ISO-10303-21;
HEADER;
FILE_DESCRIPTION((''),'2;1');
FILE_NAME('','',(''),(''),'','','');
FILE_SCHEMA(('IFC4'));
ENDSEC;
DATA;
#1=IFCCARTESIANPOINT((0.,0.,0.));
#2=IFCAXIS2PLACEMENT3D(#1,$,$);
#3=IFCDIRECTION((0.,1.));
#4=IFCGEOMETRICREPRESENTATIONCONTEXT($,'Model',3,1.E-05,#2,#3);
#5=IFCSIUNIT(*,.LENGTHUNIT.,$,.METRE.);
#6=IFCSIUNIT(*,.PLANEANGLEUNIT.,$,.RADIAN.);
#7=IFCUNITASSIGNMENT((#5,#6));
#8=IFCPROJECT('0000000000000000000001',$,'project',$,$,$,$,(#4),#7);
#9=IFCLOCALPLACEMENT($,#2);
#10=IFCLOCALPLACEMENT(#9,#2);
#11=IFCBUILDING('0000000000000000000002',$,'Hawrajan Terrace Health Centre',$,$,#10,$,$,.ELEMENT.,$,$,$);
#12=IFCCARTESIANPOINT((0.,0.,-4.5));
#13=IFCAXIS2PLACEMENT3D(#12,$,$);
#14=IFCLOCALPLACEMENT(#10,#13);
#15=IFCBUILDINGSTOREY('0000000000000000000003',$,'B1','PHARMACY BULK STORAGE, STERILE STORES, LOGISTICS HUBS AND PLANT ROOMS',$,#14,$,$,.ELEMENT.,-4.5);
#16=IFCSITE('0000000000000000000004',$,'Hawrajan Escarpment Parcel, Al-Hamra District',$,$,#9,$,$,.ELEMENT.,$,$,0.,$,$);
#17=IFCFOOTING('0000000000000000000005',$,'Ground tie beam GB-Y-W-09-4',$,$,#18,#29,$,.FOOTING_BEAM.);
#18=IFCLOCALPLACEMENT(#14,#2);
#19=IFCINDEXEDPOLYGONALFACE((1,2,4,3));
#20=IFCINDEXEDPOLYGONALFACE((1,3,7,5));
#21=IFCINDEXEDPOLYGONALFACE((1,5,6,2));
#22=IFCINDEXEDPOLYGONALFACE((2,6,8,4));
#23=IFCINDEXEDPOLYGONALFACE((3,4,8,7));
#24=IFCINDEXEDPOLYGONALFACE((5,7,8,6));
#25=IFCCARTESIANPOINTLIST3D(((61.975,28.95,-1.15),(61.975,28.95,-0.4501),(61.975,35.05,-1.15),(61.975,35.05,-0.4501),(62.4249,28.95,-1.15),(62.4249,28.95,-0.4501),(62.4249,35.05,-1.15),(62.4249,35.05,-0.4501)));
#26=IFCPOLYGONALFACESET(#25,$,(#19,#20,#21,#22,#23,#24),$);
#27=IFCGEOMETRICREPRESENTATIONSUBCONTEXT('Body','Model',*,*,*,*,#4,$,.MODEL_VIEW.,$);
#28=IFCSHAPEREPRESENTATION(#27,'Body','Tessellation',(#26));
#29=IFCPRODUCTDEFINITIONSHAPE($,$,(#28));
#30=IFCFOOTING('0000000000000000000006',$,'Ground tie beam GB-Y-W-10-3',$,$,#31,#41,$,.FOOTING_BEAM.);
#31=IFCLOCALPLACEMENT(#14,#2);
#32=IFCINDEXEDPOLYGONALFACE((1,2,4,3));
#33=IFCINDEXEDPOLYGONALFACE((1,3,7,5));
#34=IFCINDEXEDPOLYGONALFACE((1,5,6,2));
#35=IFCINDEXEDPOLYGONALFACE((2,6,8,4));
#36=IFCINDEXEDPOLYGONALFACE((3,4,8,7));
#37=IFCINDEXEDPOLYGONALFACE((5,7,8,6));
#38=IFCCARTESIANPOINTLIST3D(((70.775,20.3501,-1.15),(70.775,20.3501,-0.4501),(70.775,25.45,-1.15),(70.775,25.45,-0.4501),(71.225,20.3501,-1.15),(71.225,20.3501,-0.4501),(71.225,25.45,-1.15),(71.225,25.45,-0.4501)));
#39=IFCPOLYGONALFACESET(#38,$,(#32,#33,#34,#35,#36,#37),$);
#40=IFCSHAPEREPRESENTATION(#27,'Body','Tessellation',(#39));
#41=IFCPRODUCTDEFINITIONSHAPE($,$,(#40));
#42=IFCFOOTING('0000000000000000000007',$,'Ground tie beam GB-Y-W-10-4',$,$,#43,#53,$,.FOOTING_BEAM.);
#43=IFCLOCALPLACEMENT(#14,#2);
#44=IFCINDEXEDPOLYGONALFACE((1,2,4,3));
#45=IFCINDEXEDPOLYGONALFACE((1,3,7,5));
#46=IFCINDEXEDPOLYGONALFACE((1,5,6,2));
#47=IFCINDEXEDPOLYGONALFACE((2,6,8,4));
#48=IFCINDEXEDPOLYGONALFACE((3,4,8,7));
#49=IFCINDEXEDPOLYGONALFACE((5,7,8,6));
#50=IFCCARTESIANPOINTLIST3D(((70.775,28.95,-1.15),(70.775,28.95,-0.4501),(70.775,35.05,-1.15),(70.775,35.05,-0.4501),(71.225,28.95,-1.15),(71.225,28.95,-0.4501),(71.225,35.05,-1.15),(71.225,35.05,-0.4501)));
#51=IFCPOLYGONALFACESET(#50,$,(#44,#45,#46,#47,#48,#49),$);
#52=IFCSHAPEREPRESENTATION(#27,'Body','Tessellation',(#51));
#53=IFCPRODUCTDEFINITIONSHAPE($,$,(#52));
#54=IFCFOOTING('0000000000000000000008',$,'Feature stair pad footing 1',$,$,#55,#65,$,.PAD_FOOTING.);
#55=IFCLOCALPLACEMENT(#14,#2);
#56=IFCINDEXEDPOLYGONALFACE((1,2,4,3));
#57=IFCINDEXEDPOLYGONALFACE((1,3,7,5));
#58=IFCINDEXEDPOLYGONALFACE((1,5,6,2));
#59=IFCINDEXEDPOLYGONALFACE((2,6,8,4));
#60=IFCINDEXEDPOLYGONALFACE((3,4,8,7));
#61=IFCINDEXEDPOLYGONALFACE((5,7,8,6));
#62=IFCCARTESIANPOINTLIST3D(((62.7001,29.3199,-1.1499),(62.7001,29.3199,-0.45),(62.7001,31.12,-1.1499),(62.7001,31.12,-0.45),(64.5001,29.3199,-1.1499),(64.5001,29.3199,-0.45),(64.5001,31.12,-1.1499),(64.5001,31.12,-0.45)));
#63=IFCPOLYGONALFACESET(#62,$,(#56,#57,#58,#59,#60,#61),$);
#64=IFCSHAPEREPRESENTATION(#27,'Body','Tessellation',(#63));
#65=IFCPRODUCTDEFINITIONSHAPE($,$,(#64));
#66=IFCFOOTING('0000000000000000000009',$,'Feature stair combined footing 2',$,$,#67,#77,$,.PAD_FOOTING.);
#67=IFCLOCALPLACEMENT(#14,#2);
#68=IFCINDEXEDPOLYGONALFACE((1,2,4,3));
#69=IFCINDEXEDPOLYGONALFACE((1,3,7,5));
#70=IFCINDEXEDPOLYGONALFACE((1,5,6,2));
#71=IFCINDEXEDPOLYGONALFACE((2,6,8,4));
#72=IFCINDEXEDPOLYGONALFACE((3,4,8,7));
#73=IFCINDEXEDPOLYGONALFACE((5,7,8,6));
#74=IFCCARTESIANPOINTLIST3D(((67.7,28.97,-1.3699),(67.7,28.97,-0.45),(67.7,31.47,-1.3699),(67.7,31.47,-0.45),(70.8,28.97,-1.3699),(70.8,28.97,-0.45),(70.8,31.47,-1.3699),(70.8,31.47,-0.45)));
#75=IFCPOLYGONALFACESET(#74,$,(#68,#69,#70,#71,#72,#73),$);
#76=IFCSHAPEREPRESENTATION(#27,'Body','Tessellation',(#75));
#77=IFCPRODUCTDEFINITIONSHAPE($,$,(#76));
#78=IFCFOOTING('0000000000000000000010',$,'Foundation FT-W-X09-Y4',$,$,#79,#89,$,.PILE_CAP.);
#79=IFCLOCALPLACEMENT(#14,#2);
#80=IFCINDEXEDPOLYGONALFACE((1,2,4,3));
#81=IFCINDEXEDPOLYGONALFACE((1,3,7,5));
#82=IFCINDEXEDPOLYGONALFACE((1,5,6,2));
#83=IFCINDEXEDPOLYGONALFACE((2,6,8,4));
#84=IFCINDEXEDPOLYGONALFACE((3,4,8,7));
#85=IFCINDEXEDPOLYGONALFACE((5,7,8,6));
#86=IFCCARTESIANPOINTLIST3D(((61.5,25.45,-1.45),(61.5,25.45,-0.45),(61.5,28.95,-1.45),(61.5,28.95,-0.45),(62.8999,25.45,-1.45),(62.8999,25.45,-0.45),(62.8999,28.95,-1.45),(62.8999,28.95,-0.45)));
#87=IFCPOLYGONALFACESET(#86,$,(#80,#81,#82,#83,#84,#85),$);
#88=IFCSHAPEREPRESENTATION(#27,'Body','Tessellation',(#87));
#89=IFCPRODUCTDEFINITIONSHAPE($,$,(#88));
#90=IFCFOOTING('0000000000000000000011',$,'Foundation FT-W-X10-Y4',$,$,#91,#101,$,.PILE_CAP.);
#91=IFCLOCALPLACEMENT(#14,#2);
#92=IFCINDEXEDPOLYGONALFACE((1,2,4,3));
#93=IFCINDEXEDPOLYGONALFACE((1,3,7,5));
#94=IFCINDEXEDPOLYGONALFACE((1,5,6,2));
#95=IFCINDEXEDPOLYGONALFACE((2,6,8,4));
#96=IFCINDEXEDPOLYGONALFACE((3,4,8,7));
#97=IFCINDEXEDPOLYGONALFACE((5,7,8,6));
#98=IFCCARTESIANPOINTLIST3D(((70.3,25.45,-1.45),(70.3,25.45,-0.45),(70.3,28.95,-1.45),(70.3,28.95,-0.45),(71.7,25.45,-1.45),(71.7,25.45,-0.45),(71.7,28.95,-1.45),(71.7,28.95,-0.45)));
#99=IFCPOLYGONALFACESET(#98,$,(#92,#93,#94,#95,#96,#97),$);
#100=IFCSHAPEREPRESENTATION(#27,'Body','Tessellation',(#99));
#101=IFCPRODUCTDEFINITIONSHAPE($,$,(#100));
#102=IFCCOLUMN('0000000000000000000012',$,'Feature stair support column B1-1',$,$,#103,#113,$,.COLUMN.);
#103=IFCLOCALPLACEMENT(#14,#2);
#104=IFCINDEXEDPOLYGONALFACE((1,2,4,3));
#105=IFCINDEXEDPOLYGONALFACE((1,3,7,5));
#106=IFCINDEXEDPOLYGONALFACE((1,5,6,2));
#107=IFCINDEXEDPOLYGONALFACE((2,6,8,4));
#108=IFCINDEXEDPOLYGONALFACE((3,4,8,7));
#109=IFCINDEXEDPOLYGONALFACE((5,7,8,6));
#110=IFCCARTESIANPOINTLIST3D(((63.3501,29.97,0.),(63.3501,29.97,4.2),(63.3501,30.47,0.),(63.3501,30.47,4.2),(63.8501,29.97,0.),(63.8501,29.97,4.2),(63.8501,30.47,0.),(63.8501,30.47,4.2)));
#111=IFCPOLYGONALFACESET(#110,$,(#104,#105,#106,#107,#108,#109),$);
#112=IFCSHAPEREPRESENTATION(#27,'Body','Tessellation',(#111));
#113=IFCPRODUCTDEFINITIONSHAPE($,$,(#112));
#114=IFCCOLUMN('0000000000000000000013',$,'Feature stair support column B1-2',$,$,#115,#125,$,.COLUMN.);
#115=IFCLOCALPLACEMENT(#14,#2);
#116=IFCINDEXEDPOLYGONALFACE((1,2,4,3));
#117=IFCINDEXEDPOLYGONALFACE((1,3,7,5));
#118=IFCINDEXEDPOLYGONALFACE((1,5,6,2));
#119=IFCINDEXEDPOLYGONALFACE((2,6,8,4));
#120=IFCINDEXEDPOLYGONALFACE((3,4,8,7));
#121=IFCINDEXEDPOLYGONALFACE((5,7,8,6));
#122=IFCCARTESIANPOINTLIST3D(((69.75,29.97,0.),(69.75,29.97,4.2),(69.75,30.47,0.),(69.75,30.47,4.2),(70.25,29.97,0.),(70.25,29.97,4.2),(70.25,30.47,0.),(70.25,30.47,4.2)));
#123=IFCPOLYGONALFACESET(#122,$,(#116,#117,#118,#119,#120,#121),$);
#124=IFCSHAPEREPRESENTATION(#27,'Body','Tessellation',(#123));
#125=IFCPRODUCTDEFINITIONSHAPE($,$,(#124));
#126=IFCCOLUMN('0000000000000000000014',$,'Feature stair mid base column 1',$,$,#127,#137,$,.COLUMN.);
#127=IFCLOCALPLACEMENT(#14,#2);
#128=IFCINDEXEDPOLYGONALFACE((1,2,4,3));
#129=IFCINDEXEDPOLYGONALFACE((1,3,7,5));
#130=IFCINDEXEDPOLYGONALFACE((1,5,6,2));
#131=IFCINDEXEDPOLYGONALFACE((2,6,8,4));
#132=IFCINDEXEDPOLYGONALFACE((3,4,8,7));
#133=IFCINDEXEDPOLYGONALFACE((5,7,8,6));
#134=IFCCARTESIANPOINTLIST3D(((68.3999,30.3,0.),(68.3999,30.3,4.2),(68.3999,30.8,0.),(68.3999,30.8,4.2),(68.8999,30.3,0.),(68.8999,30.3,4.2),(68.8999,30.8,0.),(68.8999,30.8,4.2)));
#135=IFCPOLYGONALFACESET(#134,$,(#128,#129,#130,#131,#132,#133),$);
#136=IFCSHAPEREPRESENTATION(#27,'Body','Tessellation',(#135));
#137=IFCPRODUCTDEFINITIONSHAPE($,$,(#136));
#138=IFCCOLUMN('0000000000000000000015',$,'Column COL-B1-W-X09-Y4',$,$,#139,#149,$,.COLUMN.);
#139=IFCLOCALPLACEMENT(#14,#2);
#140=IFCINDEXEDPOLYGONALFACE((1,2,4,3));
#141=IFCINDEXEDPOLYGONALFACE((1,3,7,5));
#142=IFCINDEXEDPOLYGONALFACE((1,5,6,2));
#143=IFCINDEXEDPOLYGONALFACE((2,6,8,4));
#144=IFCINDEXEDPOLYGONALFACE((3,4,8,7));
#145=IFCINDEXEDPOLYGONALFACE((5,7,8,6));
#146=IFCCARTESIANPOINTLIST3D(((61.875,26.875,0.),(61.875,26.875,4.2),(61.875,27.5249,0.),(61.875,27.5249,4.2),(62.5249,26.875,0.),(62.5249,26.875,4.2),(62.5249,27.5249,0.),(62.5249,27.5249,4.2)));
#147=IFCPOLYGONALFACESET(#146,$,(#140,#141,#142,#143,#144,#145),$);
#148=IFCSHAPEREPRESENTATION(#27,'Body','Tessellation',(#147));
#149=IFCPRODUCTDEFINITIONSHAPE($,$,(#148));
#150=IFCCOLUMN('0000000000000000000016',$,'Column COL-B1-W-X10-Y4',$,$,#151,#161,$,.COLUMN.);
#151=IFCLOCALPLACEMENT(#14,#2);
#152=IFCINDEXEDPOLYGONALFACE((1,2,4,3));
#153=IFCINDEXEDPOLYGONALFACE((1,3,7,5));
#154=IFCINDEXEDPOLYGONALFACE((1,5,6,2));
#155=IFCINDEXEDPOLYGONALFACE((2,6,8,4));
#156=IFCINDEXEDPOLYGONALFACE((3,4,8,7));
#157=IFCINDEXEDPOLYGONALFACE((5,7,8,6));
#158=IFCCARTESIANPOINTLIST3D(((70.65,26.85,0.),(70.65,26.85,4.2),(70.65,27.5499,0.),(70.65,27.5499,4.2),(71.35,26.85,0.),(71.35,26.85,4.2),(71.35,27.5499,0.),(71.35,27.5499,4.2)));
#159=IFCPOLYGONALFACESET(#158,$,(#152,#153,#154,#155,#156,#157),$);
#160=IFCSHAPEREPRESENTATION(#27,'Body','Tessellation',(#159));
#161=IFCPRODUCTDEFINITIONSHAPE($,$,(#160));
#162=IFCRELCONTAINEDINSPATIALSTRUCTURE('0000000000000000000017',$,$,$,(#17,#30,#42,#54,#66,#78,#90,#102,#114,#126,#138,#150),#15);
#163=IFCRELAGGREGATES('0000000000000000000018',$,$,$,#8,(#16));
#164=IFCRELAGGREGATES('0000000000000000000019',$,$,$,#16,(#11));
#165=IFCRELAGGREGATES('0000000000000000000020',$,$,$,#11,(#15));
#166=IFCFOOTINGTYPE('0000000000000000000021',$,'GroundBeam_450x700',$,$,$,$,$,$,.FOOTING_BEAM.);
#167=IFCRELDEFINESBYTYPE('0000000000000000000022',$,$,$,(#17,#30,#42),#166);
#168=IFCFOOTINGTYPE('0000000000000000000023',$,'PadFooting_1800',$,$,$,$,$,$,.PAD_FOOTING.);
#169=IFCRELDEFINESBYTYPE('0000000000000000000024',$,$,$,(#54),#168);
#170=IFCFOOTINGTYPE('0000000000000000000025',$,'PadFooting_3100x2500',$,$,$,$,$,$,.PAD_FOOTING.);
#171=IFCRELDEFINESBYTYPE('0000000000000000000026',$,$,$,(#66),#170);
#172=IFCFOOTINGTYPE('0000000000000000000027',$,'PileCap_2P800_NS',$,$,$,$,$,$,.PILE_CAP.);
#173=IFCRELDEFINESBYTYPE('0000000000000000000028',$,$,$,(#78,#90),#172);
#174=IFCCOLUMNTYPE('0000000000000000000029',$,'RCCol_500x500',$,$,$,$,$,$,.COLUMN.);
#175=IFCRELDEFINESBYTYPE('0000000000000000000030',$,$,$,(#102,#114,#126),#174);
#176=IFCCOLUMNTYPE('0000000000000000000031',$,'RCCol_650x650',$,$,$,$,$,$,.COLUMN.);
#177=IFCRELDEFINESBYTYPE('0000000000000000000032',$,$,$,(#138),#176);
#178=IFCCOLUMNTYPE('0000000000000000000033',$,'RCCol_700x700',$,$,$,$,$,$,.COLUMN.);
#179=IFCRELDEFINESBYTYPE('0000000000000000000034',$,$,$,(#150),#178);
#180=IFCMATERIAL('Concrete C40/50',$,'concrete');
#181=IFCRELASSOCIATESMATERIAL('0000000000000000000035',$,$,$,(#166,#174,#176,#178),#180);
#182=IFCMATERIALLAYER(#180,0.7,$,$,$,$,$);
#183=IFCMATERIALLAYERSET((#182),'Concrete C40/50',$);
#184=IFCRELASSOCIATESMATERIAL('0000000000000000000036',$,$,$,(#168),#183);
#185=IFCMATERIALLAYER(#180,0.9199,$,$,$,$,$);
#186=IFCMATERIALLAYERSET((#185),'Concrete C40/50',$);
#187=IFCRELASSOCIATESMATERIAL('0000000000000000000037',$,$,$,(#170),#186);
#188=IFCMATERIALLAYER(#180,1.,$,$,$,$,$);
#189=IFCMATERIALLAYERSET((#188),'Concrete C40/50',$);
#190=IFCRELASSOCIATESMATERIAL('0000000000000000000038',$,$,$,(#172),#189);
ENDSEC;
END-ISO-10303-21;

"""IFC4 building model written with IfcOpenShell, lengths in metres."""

from ifc_helpers import new_model, si_unit, direction, frame, origin, origin_2d, place, context, subcontext, project, spatial, rectangle, extrude, material, layer, layer_set, material_profile, profile_set, type_object, element, save


model = new_model("IFC4")

# Units and contexts
model_context = context("Model", 3, precision=1e-05, world=origin(), true_north=direction((0.0, 1.0)))
body_context = subcontext(model_context, "Body", "Model", "MODEL_VIEW")
ifc_project = project(units=[si_unit("LENGTHUNIT", "METRE"), si_unit("PLANEANGLEUNIT", "RADIAN")], contexts=[model_context])

# Site, building, storey
site_placement = place(None, origin())
site = spatial("IfcSite", under=ifc_project, at=site_placement, Name="Hawrajan Escarpment Parcel, Al-Hamra District", CompositionType="ELEMENT", RefElevation=0.0)
building_placement = place(site_placement, origin())
building = spatial("IfcBuilding", under=site, at=building_placement, Name="Hawrajan Terrace Health Centre", CompositionType="ELEMENT")
storey_placement = place(building_placement, frame((0.0, 0.0, -4.5)))
storey = spatial("IfcBuildingStorey", under=building, at=storey_placement, Name="B1", Description="PHARMACY BULK STORAGE, STERILE STORES, LOGISTICS HUBS AND PLANT ROOMS", CompositionType="ELEMENT", Elevation=-4.5)

# Shared definitions
ifc_material_1 = material(Name="Concrete C40/50", Category="concrete")

# Footings
ifc_material_profile_1 = material_profile(ifc_material_1, rectangle(XDim=0.45, YDim=0.7, at=origin_2d()), Name="RC BM 450x700")
ifc_profile_set_1 = profile_set([ifc_material_profile_1], Name="Concrete C40/50")
footing_type_1 = type_object("IfcFootingType", Name="GroundBeam_450x700", PredefinedType="FOOTING_BEAM", material=ifc_profile_set_1)
footing_1_placement = place(storey_placement, frame((62.2, 28.95, -0.8), z_axis=(0.0, 1.0, 0.0), x_axis=(-1.0, 0.0, 0.0)))
element("IfcFooting", 1, at=footing_1_placement, inside=storey, type_object=footing_type_1, Name="Ground tie beam GB-Y-W-09-4", PredefinedType="FOOTING_BEAM", context=body_context, shape_type="SweptSolid", body=[
    extrude(rectangle(XDim=0.45, YDim=0.7, at=origin_2d()), origin(), (0.0, 0.0, 1.0), 6.1001),
])
footing_2_placement = place(storey_placement, frame((71.0, 20.3501, -0.8), z_axis=(0.0, 1.0, 0.0), x_axis=(-1.0, 0.0, 0.0)))
element("IfcFooting", 2, at=footing_2_placement, inside=storey, type_object=footing_type_1, Name="Ground tie beam GB-Y-W-10-3", PredefinedType="FOOTING_BEAM", context=body_context, shape_type="SweptSolid", body=[
    extrude(rectangle(XDim=0.45, YDim=0.7, at=origin_2d()), origin(), (0.0, 0.0, 1.0), 5.0999),
])
footing_3_placement = place(storey_placement, frame((71.0, 28.95, -0.8), z_axis=(0.0, 1.0, 0.0), x_axis=(-1.0, 0.0, 0.0)))
element("IfcFooting", 3, at=footing_3_placement, inside=storey, type_object=footing_type_1, Name="Ground tie beam GB-Y-W-10-4", PredefinedType="FOOTING_BEAM", context=body_context, shape_type="SweptSolid", body=[
    extrude(rectangle(XDim=0.45, YDim=0.7, at=origin_2d()), origin(), (0.0, 0.0, 1.0), 6.1001),
])
ifc_layer_1 = layer(ifc_material_1, 0.7)
ifc_layer_set_1 = layer_set([ifc_layer_1], Name="Concrete C40/50")
footing_type_2 = type_object("IfcFootingType", Name="PadFooting_1800", PredefinedType="PAD_FOOTING", material=ifc_layer_set_1)
footing_4_placement = place(storey_placement, frame((63.6001, 30.22, -1.1499), z_axis=(0.0, 0.0, 1.0), x_axis=(1.0, 0.0, 0.0)))
element("IfcFooting", 4, at=footing_4_placement, inside=storey, type_object=footing_type_2, Name="Feature stair pad footing 1", PredefinedType="PAD_FOOTING", context=body_context, shape_type="SweptSolid", body=[
    extrude(rectangle(XDim=1.8, YDim=1.8, at=origin_2d()), origin(), (0.0, 0.0, 1.0), 0.7),
])
ifc_layer_2 = layer(ifc_material_1, 0.9199)
ifc_layer_set_2 = layer_set([ifc_layer_2], Name="Concrete C40/50")
footing_type_3 = type_object("IfcFootingType", Name="PadFooting_3100x2500", PredefinedType="PAD_FOOTING", material=ifc_layer_set_2)
footing_5_placement = place(storey_placement, frame((69.25, 30.22, -1.3699), z_axis=(0.0, 0.0, 1.0), x_axis=(1.0, 0.0, 0.0)))
element("IfcFooting", 5, at=footing_5_placement, inside=storey, type_object=footing_type_3, Name="Feature stair combined footing 2", PredefinedType="PAD_FOOTING", context=body_context, shape_type="SweptSolid", body=[
    extrude(rectangle(XDim=3.1001, YDim=2.5, at=origin_2d()), origin(), (0.0, 0.0, 1.0), 0.9199),
])
ifc_layer_3 = layer(ifc_material_1, 1.0)
ifc_layer_set_3 = layer_set([ifc_layer_3], Name="Concrete C40/50")
footing_type_4 = type_object("IfcFootingType", Name="PileCap_2P800_NS", PredefinedType="PILE_CAP", material=ifc_layer_set_3)
for number, where, z_axis, x_axis, name in (
    (6, (62.2, 27.2, -1.45), (0.0, 0.0, 1.0), (1.0, 0.0, 0.0), "Foundation FT-W-X09-Y4"),
    (7, (71.0, 27.2, -1.45), (0.0, 0.0, 1.0), (1.0, 0.0, 0.0), "Foundation FT-W-X10-Y4"),
):
    element("IfcFooting", number, at=place(storey_placement, frame(where, z_axis=z_axis, x_axis=x_axis)), inside=storey, type_object=footing_type_4, Name=name, PredefinedType="PILE_CAP", context=body_context, shape_type="SweptSolid", body=[
        extrude(rectangle(XDim=1.3999, YDim=3.5, at=origin_2d()), origin(), (0.0, 0.0, 1.0), 1.0),
    ])

# Columns
ifc_material_profile_2 = material_profile(ifc_material_1, rectangle(XDim=0.5, YDim=0.5, at=origin_2d()), Name="RC 500x500")
ifc_profile_set_2 = profile_set([ifc_material_profile_2], Name="Concrete C40/50")
column_type_1 = type_object("IfcColumnType", Name="RCCol_500x500", PredefinedType="COLUMN", material=ifc_profile_set_2)
for number, where, z_axis, x_axis, name in (
    (8, (63.6001, 30.22, 0.0), (0.0, 0.0, 1.0), (1.0, 0.0, 0.0), "Feature stair support column B1-1"),
    (9, (70.0, 30.22, 0.0), (0.0, 0.0, 1.0), (1.0, 0.0, 0.0), "Feature stair support column B1-2"),
    (10, (68.6499, 30.55, 0.0), (0.0, 0.0, 1.0), (1.0, 0.0, 0.0), "Feature stair mid base column 1"),
):
    element("IfcColumn", number, at=place(storey_placement, frame(where, z_axis=z_axis, x_axis=x_axis)), inside=storey, type_object=column_type_1, Name=name, PredefinedType="COLUMN", context=body_context, shape_type="SweptSolid", body=[
        extrude(rectangle(XDim=0.5, YDim=0.5, at=origin_2d()), origin(), (0.0, 0.0, 1.0), 4.2),
    ])
ifc_material_profile_3 = material_profile(ifc_material_1, rectangle(XDim=0.6499, YDim=0.6499, at=origin_2d()), Name="RC 650x650")
ifc_profile_set_3 = profile_set([ifc_material_profile_3], Name="Concrete C40/50")
column_type_2 = type_object("IfcColumnType", Name="RCCol_650x650", PredefinedType="COLUMN", material=ifc_profile_set_3)
column_1_placement = place(storey_placement, frame((62.2, 27.2, 0.0), z_axis=(0.0, 0.0, 1.0), x_axis=(1.0, 0.0, 0.0)))
element("IfcColumn", 11, at=column_1_placement, inside=storey, type_object=column_type_2, Name="Column COL-B1-W-X09-Y4", PredefinedType="COLUMN", context=body_context, shape_type="SweptSolid", body=[
    extrude(rectangle(XDim=0.6499, YDim=0.6499, at=origin_2d()), origin(), (0.0, 0.0, 1.0), 4.2),
])
ifc_material_profile_4 = material_profile(ifc_material_1, rectangle(XDim=0.7, YDim=0.7, at=origin_2d()), Name="RC 700x700")
ifc_profile_set_4 = profile_set([ifc_material_profile_4], Name="Concrete C40/50")
column_type_3 = type_object("IfcColumnType", Name="RCCol_700x700", PredefinedType="COLUMN", material=ifc_profile_set_4)
column_2_placement = place(storey_placement, frame((71.0, 27.2, 0.0), z_axis=(0.0, 0.0, 1.0), x_axis=(1.0, 0.0, 0.0)))
element("IfcColumn", 12, at=column_2_placement, inside=storey, type_object=column_type_3, Name="Column COL-B1-W-X10-Y4", PredefinedType="COLUMN", context=body_context, shape_type="SweptSolid", body=[
    extrude(rectangle(XDim=0.7, YDim=0.7, at=origin_2d()), origin(), (0.0, 0.0, 1.0), 4.2),
])

save(model, "model.ifc")
